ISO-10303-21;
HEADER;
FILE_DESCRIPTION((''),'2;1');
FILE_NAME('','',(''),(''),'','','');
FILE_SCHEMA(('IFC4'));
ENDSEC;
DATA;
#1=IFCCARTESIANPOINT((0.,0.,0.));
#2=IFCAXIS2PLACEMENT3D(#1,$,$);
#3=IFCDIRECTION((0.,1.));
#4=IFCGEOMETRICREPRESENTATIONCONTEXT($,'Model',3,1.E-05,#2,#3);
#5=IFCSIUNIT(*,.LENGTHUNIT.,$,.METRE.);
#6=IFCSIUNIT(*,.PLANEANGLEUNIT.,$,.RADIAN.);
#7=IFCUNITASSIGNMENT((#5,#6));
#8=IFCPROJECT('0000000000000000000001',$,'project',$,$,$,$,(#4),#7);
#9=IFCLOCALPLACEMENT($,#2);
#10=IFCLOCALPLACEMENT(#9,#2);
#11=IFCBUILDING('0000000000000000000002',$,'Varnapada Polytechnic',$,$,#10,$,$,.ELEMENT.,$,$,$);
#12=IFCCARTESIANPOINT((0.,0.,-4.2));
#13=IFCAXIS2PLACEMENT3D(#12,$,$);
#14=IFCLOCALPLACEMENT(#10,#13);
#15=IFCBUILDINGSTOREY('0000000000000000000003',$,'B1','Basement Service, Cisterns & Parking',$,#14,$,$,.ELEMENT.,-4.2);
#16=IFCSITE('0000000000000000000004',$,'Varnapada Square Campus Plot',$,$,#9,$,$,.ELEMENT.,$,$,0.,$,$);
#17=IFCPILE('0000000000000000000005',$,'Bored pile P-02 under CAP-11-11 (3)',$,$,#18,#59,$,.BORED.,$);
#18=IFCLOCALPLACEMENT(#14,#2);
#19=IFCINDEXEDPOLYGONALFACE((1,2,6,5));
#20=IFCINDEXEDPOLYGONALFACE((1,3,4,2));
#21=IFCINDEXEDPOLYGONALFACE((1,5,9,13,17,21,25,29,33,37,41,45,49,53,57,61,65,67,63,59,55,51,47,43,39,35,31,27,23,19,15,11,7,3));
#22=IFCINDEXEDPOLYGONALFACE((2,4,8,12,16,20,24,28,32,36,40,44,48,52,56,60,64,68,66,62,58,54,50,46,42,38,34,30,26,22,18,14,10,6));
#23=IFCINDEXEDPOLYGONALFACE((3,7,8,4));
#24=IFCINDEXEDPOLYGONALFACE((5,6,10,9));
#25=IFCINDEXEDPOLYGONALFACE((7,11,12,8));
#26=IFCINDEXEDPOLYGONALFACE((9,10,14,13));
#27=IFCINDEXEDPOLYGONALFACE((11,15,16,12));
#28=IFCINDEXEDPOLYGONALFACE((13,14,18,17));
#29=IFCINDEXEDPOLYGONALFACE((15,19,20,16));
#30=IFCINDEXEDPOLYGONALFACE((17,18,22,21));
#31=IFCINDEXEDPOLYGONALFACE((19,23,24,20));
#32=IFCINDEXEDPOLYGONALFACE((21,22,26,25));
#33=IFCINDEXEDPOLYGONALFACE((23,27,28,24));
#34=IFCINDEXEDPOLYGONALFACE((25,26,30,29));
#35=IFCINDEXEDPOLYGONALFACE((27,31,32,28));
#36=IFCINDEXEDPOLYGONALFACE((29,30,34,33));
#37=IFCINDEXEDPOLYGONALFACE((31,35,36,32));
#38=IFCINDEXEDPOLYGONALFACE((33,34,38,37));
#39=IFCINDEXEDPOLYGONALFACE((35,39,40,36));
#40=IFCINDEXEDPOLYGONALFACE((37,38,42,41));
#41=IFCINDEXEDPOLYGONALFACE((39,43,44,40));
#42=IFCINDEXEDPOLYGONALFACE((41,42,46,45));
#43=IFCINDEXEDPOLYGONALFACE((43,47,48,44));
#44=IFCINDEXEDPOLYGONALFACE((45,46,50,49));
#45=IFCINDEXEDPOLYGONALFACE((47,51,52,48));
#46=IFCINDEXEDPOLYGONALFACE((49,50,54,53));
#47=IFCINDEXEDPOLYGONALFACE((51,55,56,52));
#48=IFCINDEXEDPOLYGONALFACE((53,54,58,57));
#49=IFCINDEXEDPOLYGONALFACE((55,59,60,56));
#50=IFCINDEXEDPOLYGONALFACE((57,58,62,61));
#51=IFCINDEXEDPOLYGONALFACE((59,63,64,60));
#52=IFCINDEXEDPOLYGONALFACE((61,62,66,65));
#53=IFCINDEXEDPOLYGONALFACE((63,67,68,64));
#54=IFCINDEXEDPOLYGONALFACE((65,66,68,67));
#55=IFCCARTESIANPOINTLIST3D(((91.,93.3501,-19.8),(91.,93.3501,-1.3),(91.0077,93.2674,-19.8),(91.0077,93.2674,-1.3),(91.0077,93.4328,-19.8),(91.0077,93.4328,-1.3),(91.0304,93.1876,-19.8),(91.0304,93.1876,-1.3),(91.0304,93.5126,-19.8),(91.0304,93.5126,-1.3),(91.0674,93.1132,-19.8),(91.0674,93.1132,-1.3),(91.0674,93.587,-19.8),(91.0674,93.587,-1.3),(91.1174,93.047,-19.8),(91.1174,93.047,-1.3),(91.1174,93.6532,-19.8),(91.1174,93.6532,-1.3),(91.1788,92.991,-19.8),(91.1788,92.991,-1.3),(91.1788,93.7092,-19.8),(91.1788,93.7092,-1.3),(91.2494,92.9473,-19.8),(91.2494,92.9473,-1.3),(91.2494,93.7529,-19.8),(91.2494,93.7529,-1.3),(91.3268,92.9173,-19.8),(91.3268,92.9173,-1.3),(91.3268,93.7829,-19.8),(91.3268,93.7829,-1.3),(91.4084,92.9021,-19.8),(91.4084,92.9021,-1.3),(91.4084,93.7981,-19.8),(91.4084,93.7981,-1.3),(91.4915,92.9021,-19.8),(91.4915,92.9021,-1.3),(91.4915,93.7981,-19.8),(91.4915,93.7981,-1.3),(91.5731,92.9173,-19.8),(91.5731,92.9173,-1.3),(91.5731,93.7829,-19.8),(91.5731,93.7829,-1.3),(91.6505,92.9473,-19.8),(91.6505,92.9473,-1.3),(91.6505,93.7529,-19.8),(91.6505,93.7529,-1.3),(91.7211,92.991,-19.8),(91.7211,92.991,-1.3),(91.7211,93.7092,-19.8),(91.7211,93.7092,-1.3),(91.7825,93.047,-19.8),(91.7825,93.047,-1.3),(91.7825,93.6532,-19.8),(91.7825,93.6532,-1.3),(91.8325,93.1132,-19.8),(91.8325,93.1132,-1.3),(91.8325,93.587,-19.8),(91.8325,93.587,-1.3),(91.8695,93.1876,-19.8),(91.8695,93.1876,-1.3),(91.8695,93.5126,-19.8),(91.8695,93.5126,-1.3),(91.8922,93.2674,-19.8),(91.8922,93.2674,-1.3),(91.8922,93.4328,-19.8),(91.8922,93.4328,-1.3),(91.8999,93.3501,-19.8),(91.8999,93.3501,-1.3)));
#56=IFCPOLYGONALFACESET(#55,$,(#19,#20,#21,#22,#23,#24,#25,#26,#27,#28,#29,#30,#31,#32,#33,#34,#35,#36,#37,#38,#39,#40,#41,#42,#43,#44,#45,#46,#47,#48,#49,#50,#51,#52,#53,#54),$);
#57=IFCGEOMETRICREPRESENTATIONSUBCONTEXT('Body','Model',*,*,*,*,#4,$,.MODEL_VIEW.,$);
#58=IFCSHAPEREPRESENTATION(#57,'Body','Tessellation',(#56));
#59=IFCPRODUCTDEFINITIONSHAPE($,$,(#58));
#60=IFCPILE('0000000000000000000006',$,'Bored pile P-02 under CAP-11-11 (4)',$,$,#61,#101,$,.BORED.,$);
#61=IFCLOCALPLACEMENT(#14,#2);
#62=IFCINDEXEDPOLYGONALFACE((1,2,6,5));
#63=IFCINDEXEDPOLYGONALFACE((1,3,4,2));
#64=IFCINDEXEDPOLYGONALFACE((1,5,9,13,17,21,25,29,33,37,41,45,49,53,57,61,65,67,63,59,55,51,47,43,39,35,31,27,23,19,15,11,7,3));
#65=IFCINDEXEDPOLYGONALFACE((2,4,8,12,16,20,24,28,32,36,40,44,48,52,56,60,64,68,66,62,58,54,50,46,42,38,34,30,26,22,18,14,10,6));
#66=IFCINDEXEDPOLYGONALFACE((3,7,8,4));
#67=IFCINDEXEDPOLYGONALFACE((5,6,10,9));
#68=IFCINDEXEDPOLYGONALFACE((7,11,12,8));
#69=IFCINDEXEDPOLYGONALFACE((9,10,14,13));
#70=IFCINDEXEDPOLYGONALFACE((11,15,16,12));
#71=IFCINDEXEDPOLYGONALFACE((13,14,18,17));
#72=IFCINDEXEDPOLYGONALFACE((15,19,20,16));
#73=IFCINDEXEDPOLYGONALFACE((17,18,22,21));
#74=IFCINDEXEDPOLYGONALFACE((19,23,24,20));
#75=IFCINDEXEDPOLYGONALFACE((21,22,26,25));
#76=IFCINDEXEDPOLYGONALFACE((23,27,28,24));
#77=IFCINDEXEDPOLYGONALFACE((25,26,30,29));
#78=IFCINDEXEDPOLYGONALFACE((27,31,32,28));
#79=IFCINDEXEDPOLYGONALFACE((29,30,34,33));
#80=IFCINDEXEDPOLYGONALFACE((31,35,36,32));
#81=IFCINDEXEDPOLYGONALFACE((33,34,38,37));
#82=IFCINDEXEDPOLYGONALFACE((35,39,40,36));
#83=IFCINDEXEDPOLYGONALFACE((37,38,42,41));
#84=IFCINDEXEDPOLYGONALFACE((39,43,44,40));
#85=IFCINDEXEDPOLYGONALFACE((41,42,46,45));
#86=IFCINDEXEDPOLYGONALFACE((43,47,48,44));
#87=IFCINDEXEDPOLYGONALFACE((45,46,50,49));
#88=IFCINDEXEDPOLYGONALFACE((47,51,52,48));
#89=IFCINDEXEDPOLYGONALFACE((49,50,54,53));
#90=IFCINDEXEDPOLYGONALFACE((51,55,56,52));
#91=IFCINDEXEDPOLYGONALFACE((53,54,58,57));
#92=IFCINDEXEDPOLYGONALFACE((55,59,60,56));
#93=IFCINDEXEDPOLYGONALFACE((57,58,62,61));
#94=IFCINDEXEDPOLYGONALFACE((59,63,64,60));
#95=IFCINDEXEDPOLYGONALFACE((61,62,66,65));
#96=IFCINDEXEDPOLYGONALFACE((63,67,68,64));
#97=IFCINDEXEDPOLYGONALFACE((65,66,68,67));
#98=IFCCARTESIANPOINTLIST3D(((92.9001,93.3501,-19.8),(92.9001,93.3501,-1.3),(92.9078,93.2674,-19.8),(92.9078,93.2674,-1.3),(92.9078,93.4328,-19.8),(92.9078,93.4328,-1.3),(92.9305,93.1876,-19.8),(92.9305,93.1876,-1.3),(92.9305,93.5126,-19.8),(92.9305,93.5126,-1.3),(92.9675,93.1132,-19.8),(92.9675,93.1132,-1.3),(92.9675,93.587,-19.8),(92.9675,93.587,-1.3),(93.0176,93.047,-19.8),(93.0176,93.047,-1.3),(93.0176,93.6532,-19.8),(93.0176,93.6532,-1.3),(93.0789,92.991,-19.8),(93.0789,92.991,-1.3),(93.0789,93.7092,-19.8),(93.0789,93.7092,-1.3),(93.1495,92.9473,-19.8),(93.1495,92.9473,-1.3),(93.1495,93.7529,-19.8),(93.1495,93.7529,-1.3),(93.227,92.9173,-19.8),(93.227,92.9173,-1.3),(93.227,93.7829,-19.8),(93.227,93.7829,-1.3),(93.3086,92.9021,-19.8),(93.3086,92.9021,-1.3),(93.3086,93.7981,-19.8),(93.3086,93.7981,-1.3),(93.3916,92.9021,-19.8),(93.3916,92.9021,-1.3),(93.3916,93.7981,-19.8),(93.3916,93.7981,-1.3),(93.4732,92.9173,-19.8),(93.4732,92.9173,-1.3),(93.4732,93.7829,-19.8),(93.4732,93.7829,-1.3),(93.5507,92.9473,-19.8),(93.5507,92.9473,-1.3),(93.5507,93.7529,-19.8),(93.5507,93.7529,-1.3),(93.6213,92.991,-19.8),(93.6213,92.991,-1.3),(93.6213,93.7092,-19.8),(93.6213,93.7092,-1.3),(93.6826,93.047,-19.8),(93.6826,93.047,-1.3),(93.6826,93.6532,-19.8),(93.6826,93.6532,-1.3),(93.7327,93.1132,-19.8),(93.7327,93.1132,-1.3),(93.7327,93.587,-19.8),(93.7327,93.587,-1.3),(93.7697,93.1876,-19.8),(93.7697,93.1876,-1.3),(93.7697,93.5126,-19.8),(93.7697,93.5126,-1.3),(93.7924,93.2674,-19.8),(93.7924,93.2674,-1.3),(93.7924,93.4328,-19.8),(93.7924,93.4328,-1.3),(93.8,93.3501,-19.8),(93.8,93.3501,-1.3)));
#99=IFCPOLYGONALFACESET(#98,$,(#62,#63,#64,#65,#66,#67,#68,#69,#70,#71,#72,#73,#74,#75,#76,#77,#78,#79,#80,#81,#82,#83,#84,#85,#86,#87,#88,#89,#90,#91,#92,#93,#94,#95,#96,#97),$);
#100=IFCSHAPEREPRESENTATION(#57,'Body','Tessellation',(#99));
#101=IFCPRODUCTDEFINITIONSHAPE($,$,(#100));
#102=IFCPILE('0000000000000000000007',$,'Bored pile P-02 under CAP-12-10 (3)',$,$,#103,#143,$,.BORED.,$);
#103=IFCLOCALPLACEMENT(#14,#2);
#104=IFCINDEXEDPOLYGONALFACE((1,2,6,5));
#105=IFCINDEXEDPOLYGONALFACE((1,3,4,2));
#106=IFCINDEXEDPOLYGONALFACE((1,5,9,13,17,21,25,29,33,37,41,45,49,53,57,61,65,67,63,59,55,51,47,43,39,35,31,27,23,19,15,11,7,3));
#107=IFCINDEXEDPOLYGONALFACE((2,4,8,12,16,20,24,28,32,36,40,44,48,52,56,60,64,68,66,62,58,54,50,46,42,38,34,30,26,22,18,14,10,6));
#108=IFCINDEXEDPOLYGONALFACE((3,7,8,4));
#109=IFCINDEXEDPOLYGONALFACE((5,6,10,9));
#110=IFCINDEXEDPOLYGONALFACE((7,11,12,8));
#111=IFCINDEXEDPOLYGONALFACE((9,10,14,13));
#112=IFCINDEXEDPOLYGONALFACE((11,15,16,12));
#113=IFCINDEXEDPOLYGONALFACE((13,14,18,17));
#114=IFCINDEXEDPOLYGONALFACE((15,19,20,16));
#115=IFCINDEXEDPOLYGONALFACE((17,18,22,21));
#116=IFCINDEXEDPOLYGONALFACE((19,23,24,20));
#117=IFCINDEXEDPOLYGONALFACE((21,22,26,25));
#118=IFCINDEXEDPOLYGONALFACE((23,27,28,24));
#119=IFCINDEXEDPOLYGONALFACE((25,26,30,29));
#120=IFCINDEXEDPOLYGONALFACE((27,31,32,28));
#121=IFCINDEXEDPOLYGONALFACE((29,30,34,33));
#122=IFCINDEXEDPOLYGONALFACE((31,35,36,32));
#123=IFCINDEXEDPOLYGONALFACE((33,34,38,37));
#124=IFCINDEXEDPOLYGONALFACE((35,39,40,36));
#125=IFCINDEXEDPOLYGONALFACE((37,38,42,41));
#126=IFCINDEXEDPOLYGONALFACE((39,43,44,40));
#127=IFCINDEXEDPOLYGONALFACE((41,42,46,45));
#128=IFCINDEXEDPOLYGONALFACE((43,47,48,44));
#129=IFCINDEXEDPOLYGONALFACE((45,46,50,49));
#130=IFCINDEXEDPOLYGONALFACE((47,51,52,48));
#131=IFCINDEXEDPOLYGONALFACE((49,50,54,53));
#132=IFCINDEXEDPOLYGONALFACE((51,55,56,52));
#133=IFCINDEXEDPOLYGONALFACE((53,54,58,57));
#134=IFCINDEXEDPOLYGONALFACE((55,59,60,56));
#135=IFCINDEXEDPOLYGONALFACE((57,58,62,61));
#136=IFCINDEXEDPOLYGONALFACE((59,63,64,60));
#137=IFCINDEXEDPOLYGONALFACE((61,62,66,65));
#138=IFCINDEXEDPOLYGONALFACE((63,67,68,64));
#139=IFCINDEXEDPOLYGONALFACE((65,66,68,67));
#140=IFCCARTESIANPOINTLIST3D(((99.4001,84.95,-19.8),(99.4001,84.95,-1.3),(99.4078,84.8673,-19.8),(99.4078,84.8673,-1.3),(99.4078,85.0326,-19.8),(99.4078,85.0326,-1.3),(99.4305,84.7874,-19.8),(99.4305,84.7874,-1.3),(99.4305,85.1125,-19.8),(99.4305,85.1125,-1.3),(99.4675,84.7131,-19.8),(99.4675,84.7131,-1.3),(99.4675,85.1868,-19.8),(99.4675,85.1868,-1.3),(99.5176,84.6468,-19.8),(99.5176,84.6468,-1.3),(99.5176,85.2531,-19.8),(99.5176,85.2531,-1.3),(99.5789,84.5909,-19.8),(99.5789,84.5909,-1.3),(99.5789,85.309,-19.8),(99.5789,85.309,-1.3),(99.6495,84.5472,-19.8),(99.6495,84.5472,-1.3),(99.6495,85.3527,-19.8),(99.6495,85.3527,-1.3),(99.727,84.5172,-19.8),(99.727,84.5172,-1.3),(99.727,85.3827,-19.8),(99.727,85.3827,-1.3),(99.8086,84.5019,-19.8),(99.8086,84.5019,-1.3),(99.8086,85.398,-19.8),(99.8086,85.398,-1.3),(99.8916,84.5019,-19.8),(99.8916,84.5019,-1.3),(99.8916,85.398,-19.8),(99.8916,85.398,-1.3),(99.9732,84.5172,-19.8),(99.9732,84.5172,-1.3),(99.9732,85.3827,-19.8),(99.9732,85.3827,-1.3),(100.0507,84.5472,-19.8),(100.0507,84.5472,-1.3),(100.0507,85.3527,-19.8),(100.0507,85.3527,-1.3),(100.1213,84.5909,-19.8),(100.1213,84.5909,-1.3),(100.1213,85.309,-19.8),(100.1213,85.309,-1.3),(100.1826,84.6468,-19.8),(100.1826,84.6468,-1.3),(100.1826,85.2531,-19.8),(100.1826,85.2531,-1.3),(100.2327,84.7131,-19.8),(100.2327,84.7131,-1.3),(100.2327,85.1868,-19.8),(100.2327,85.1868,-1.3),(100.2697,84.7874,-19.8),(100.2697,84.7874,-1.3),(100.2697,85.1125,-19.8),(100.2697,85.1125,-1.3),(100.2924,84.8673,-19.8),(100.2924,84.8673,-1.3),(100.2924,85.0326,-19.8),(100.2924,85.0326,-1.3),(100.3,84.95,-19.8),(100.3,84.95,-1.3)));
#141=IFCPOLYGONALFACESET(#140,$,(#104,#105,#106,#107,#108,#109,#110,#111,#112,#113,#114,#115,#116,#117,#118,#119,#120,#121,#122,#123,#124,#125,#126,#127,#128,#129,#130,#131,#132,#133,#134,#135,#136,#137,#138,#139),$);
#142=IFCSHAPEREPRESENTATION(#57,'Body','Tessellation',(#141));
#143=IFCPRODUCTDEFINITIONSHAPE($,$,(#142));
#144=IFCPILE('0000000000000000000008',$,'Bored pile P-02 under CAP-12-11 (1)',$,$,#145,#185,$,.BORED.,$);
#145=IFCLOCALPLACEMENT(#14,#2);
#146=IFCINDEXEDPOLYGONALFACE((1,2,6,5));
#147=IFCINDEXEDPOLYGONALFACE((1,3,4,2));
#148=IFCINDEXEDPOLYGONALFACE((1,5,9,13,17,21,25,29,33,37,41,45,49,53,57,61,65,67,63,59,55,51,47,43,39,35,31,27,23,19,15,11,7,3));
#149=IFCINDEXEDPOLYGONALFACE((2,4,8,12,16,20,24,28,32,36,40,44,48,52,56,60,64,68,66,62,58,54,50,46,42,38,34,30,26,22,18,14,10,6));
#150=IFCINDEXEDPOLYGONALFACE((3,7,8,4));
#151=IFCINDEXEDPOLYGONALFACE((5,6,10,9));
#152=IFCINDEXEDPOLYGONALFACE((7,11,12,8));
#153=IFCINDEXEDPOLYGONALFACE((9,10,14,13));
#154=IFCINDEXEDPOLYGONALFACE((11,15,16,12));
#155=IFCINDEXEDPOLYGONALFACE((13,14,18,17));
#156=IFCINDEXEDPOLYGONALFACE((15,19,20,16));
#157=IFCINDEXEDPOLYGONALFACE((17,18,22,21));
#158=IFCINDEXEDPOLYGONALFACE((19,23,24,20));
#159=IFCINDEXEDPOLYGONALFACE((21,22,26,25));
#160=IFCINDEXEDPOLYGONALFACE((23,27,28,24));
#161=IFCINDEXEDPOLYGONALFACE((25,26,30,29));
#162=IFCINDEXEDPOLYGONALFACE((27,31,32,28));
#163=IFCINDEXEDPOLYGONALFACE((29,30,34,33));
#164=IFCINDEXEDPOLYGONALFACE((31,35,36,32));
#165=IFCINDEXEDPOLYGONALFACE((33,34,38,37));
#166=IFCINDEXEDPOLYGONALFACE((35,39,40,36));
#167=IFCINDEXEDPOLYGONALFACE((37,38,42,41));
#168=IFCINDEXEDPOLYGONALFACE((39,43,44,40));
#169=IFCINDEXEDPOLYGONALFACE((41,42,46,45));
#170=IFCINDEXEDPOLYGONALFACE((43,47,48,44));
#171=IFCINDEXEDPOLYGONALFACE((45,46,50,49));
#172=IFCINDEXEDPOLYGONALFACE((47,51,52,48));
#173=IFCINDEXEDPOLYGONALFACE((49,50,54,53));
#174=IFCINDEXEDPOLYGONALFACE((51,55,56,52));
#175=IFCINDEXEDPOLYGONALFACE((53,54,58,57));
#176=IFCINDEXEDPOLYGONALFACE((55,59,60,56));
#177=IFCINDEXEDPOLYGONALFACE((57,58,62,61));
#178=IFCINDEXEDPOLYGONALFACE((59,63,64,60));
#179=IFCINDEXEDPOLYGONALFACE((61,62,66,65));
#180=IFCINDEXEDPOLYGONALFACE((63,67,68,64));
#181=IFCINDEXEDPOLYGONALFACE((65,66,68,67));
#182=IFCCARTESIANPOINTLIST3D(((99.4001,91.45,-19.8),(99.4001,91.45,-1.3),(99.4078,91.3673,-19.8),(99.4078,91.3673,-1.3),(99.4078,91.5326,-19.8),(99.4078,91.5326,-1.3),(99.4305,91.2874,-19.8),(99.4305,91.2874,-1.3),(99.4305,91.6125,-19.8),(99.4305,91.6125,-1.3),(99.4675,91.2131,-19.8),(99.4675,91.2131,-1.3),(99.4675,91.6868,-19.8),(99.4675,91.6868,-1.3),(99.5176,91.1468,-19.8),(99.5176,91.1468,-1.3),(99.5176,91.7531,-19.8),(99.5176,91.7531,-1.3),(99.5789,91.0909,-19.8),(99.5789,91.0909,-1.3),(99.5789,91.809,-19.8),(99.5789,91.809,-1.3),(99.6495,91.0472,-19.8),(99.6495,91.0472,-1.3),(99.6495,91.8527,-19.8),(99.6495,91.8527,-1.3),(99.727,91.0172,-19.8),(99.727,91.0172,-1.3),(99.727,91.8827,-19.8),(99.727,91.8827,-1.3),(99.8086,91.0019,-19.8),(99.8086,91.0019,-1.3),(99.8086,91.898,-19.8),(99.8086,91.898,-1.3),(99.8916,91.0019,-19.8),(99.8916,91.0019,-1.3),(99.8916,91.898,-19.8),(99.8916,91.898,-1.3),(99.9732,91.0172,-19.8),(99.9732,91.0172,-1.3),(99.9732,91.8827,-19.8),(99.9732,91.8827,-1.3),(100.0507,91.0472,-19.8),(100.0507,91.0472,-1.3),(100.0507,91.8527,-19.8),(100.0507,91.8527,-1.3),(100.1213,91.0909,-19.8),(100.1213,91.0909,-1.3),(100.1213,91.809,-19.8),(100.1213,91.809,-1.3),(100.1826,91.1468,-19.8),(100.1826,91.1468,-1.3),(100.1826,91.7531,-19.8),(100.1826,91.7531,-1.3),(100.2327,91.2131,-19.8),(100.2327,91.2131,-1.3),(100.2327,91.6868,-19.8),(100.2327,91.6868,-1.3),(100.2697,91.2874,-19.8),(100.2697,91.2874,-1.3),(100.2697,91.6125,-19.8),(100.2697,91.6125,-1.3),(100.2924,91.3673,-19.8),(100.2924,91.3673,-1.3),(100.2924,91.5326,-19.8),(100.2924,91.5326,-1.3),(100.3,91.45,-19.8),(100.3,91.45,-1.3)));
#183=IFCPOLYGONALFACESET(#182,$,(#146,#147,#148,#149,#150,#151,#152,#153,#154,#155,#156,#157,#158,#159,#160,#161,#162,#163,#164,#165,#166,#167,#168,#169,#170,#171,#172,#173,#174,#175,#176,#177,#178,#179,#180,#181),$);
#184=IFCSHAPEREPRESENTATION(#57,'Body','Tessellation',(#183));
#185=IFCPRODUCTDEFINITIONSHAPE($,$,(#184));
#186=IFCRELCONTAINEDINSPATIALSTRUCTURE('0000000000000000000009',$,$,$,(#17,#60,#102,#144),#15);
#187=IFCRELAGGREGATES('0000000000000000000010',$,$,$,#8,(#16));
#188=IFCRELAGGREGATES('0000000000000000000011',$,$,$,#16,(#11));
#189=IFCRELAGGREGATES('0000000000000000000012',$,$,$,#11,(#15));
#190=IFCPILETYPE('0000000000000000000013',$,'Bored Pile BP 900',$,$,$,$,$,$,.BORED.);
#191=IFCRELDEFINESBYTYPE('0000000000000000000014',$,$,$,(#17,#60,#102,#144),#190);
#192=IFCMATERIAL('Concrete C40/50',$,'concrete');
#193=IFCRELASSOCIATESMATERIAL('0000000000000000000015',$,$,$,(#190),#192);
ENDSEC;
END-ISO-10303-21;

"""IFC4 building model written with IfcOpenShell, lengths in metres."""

from ifc_helpers import new_model, si_unit, direction, frame, origin, origin_2d, place, context, subcontext, project, spatial, circle, extrude, material, material_profile, profile_set, type_object, element, save


model = new_model("IFC4")

# Units and contexts
model_context = context("Model", 3, precision=1e-05, world=origin(), true_north=direction((0.0, 1.0)))
body_context = subcontext(model_context, "Body", "Model", "MODEL_VIEW")
ifc_project = project(units=[si_unit("LENGTHUNIT", "METRE"), si_unit("PLANEANGLEUNIT", "RADIAN")], contexts=[model_context])

# Site, building, storey
site_placement = place(None, origin())
site = spatial("IfcSite", under=ifc_project, at=site_placement, Name="Varnapada Square Campus Plot", CompositionType="ELEMENT", RefElevation=0.0)
building_placement = place(site_placement, origin())
building = spatial("IfcBuilding", under=site, at=building_placement, Name="Varnapada Polytechnic", CompositionType="ELEMENT")
storey_placement = place(building_placement, frame((0.0, 0.0, -4.2)))
storey = spatial("IfcBuildingStorey", under=building, at=storey_placement, Name="B1", Description="Basement Service, Cisterns & Parking", CompositionType="ELEMENT", Elevation=-4.2)

# Piles
ifc_material_1 = material(Name="Concrete C40/50", Category="concrete")
ifc_material_profile_1 = material_profile(ifc_material_1, circle(Radius=0.45, at=origin_2d()), Name="BP 900")
ifc_profile_set_1 = profile_set([ifc_material_profile_1], Name="Concrete C40/50")
pile_type_1 = type_object("IfcPileType", Name="Bored Pile BP 900", PredefinedType="BORED", material=ifc_profile_set_1)
for number, where, z_axis, x_axis, name in (
    (1, (91.45, 93.3501, -1.3), (0.0, 0.0, -1.0), (1.0, 0.0, 0.0), "Bored pile P-02 under CAP-11-11 (3)"),
    (2, (93.3501, 93.3501, -1.3), (0.0, 0.0, -1.0), (1.0, 0.0, 0.0), "Bored pile P-02 under CAP-11-11 (4)"),
    (3, (99.8501, 84.95, -1.3), (0.0, 0.0, -1.0), (1.0, 0.0, 0.0), "Bored pile P-02 under CAP-12-10 (3)"),
    (4, (99.8501, 91.45, -1.3), (0.0, 0.0, -1.0), (1.0, 0.0, 0.0), "Bored pile P-02 under CAP-12-11 (1)"),
):
    element("IfcPile", number, at=place(storey_placement, frame(where, z_axis=z_axis, x_axis=x_axis)), inside=storey, type_object=pile_type_1, Name=name, PredefinedType="BORED", context=body_context, shape_type="SweptSolid", body=[
        extrude(circle(Radius=0.45, at=origin_2d()), origin(), (0.0, 0.0, 1.0), 18.5),
    ])

save(model, "model.ifc")
